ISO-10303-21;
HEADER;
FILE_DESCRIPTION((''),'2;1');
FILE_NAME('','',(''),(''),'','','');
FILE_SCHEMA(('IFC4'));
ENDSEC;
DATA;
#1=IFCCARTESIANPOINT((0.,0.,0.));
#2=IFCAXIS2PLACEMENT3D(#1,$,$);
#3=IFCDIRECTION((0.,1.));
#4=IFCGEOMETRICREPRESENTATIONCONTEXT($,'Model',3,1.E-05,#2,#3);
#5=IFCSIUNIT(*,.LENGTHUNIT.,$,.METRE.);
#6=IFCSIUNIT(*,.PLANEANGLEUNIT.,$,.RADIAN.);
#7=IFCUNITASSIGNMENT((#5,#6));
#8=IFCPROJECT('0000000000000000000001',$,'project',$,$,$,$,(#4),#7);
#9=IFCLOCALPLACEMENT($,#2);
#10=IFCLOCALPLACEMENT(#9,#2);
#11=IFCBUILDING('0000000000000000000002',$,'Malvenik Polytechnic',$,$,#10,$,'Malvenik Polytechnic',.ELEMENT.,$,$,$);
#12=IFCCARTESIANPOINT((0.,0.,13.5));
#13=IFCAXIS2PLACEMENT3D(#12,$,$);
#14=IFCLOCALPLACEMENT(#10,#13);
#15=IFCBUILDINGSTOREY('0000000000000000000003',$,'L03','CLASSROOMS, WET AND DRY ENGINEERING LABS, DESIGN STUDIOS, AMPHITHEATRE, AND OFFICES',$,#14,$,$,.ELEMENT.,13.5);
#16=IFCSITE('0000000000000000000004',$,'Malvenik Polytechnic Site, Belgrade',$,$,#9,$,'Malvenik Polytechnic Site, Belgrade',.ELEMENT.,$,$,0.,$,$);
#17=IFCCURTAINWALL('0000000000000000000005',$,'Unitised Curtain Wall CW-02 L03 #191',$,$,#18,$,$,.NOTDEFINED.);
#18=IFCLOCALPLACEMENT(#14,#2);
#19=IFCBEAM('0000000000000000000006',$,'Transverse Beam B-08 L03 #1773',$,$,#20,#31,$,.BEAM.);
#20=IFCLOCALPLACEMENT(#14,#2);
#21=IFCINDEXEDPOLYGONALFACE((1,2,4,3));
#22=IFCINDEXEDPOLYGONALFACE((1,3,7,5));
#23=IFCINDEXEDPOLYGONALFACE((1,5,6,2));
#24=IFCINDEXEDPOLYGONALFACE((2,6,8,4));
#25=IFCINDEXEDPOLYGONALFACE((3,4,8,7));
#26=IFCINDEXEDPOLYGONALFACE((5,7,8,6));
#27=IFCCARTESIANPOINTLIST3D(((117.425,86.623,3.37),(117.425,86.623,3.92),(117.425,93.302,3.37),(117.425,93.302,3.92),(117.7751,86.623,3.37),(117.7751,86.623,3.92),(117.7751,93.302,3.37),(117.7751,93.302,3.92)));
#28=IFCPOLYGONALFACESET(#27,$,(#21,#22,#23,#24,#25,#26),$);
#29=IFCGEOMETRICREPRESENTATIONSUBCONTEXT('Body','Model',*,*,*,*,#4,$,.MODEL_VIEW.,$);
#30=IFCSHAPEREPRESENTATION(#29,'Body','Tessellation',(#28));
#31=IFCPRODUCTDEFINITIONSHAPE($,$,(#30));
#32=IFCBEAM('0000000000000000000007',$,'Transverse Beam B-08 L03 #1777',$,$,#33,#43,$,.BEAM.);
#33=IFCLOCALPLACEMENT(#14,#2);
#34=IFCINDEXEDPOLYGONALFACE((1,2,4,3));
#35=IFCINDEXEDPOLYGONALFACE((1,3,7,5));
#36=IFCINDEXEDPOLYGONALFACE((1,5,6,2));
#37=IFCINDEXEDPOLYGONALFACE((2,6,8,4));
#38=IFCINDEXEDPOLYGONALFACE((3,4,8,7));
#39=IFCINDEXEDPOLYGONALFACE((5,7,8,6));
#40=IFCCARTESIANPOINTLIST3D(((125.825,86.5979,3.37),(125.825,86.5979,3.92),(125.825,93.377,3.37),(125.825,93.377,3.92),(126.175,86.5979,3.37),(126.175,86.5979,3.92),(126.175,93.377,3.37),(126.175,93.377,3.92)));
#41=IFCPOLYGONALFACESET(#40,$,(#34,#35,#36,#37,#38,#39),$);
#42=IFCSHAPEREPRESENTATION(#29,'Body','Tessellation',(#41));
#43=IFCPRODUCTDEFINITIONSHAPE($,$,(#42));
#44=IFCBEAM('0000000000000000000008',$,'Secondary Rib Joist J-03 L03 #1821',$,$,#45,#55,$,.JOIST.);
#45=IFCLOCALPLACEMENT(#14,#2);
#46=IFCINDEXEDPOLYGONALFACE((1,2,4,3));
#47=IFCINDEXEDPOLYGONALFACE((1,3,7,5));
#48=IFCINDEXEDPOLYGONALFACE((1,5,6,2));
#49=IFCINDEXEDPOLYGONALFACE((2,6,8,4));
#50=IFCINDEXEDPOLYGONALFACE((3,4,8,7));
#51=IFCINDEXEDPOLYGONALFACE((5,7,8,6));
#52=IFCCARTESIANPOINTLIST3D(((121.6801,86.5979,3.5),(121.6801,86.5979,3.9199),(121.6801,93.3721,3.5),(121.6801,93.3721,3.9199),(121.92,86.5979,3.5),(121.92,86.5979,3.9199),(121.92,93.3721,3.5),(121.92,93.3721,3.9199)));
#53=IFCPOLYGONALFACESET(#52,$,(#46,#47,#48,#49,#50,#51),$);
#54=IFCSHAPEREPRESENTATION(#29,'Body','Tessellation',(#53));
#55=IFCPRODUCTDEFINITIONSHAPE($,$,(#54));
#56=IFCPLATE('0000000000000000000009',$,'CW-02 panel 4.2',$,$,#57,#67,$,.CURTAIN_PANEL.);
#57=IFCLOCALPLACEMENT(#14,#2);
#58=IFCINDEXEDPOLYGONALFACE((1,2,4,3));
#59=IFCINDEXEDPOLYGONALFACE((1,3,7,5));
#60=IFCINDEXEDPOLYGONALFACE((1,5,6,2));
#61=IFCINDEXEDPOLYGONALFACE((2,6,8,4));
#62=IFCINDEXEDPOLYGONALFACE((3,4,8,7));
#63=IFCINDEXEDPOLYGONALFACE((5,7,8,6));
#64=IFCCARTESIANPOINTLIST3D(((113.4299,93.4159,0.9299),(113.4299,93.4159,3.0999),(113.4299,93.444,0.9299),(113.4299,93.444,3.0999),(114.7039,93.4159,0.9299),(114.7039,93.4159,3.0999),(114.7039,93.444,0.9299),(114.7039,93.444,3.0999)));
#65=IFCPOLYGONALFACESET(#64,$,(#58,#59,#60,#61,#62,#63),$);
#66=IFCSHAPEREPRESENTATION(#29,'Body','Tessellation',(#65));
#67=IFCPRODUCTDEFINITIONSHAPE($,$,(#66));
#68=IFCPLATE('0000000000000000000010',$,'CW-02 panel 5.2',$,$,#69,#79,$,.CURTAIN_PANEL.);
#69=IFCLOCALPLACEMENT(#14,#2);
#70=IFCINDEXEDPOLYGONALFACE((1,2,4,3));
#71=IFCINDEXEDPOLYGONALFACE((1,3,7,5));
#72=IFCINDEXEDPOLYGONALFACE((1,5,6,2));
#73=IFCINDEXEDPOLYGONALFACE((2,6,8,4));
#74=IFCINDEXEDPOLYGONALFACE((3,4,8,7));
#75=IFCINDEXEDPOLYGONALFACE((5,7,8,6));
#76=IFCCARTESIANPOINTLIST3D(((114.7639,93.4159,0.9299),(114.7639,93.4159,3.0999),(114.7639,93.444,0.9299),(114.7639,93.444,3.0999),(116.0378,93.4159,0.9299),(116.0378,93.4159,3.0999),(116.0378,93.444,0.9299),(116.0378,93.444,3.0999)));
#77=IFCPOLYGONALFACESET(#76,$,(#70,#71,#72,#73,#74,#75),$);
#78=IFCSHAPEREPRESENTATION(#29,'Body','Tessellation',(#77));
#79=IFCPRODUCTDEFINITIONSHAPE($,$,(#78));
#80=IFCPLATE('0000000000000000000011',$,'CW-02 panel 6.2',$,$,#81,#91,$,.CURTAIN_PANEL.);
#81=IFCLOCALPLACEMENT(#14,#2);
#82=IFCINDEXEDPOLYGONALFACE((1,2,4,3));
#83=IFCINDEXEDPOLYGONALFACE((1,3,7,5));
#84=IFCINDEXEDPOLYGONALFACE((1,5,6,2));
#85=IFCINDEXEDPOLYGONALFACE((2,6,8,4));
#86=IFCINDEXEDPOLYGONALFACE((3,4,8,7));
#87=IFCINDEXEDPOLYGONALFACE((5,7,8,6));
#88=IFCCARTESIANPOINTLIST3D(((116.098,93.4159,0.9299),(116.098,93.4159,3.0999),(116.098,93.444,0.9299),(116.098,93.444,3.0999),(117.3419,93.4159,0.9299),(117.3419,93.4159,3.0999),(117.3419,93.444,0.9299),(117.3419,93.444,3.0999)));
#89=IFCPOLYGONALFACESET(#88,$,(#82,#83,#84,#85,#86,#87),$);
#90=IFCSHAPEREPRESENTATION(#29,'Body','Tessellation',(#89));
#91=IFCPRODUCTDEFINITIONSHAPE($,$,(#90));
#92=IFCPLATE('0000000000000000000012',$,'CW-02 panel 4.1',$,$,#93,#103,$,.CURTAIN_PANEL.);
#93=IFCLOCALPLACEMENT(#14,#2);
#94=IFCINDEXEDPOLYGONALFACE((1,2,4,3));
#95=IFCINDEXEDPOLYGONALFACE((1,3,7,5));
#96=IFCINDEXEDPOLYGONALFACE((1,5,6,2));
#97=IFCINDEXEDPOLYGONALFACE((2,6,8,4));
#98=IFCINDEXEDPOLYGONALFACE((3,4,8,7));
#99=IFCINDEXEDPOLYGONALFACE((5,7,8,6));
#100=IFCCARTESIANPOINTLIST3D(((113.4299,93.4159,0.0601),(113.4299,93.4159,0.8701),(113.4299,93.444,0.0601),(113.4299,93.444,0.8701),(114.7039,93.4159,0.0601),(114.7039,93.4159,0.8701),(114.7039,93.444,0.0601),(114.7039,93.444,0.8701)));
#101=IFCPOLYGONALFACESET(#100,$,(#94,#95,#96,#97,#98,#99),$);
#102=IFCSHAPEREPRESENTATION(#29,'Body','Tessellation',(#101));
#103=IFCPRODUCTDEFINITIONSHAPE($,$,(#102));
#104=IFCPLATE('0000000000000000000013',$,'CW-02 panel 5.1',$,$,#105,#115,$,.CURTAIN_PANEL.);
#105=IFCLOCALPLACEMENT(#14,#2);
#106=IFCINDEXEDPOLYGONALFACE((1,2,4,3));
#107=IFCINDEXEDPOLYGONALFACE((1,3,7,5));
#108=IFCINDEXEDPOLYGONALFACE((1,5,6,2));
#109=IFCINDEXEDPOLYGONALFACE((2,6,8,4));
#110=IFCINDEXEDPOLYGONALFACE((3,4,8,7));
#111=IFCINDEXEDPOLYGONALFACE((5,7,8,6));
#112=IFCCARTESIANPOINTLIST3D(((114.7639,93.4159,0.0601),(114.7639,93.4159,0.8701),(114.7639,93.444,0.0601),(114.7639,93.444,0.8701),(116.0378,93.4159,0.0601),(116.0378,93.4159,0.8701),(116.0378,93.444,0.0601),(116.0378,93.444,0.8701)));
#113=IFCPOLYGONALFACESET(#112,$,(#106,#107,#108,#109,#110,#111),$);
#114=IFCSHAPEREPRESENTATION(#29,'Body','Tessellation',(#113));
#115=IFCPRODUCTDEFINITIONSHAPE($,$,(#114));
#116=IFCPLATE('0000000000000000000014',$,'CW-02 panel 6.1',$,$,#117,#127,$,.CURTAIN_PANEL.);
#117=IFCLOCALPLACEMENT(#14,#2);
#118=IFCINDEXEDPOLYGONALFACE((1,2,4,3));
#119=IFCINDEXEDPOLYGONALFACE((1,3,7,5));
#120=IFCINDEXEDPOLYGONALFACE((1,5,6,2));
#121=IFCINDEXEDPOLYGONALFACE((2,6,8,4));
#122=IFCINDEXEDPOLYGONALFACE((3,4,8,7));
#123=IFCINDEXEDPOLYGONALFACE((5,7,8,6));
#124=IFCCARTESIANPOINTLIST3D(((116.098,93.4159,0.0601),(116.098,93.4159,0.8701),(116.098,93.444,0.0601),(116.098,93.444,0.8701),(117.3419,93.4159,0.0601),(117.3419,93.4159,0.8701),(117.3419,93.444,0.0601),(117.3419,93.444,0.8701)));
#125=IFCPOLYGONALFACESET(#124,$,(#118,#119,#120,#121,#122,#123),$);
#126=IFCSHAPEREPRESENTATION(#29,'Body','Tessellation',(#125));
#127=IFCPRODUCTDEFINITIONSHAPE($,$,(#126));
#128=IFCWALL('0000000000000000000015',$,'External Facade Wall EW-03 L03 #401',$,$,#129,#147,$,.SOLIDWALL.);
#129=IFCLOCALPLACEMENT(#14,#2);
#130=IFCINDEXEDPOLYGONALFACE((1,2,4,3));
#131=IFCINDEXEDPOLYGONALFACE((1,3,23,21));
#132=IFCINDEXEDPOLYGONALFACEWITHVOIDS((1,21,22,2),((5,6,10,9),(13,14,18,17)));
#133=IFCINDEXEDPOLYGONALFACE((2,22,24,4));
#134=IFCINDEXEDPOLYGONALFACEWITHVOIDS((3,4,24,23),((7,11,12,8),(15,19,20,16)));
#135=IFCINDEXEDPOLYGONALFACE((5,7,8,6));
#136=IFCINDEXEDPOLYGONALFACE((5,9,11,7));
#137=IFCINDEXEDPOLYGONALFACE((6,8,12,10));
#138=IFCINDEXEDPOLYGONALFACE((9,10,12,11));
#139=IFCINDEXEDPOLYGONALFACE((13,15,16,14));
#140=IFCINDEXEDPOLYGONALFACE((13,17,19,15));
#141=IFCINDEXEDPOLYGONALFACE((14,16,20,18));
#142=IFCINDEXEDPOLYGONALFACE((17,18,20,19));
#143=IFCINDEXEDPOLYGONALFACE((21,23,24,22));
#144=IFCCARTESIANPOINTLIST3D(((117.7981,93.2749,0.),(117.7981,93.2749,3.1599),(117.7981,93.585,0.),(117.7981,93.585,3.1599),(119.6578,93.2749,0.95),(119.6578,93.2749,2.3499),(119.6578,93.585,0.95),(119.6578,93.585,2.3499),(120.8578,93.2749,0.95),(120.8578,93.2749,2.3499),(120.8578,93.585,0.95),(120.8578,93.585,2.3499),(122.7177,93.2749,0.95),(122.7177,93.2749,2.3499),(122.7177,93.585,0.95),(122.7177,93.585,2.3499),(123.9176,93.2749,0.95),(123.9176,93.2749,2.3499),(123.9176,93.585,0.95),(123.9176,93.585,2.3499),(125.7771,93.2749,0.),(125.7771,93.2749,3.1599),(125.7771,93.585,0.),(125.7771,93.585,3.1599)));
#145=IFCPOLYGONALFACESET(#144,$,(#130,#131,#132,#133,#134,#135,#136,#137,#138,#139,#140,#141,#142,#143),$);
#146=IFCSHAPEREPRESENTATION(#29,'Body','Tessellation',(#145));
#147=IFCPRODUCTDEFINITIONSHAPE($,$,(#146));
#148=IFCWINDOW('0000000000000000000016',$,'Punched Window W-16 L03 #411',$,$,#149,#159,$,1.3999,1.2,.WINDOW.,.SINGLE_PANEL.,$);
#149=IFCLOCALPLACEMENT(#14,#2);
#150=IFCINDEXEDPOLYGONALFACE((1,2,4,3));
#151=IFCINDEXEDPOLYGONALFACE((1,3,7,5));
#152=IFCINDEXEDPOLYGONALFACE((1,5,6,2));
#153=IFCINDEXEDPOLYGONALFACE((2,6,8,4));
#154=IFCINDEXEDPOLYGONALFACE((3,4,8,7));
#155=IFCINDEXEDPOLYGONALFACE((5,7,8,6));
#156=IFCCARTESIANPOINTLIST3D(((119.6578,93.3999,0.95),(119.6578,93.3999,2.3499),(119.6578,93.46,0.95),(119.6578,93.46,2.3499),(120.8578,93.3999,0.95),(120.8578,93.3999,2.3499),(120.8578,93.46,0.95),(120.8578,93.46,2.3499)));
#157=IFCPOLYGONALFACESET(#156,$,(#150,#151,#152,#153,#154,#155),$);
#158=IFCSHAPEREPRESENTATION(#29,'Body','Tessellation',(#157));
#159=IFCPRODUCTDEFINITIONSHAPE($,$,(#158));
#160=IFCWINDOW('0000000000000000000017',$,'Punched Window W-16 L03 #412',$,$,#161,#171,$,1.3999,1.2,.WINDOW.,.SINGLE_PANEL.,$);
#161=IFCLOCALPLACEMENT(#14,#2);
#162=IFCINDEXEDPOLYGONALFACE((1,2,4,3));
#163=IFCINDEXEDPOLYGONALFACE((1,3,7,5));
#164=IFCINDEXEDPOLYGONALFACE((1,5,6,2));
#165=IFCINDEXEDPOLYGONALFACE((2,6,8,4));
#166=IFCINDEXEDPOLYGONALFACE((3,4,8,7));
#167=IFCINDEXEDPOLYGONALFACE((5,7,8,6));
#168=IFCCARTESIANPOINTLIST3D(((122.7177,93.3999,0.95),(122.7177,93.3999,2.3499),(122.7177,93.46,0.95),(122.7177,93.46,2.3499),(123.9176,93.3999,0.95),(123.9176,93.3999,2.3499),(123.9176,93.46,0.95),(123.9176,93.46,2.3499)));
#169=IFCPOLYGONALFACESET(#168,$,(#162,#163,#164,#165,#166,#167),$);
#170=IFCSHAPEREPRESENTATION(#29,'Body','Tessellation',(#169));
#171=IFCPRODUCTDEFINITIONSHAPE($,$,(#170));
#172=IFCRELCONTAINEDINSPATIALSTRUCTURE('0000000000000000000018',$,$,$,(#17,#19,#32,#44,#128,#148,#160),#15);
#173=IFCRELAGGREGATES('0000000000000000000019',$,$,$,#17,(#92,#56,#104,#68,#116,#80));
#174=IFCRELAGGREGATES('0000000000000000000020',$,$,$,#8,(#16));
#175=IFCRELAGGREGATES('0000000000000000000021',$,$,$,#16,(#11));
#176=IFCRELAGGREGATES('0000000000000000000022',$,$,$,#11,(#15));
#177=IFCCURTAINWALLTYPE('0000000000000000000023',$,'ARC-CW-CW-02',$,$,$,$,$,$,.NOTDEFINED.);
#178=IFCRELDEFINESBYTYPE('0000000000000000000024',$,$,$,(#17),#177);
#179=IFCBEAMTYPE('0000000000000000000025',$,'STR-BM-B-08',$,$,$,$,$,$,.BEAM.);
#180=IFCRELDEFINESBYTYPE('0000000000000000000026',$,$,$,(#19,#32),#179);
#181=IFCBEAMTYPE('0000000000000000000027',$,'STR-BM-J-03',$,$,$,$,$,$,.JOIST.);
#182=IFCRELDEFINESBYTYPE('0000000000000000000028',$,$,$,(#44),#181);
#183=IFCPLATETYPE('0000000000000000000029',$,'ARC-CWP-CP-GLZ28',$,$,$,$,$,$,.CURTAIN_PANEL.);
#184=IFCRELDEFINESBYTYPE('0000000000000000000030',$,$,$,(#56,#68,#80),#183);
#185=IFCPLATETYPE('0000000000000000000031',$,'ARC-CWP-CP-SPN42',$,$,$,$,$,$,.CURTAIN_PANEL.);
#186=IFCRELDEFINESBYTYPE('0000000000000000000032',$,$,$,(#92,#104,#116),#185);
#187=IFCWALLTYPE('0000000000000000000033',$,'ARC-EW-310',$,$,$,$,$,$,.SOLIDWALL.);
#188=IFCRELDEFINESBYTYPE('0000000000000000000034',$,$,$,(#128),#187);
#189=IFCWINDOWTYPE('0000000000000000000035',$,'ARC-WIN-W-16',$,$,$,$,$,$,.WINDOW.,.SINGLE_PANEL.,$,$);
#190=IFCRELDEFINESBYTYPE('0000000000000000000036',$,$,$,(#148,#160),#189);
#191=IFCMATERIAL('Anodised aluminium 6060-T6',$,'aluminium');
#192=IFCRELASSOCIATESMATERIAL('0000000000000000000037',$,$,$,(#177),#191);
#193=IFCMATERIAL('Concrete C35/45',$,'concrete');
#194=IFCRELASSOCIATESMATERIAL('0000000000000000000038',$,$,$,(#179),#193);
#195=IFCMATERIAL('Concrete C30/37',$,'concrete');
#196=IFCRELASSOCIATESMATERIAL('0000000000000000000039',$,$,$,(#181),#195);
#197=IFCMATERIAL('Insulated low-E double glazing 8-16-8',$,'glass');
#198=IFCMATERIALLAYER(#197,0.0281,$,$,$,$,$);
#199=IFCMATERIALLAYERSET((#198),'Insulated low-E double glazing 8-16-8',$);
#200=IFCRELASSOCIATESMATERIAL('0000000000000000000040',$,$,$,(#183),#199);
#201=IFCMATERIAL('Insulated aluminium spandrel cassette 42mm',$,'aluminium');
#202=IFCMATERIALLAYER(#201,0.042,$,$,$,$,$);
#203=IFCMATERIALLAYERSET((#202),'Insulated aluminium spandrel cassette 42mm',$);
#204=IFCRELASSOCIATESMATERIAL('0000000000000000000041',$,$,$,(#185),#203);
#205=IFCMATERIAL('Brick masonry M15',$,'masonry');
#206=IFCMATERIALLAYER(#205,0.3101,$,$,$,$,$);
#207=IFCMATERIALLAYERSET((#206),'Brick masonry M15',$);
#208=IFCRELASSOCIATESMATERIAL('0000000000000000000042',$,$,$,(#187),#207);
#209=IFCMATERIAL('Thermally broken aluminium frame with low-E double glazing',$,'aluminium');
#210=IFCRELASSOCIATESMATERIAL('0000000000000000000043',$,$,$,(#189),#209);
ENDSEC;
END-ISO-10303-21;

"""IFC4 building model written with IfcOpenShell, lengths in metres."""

from ifc_helpers import new_model, si_unit, direction, frame, frame_2d, origin, origin_2d, place, context, subcontext, project, spatial, rectangle, extrude, material, layer, layer_set, material_profile, profile_set, type_object, element, fill, aggregate, save


model = new_model("IFC4")

# Units and contexts
model_context = context("Model", 3, precision=1e-05, world=origin(), true_north=direction((0.0, 1.0)))
body_context = subcontext(model_context, "Body", "Model", "MODEL_VIEW")
ifc_project = project(units=[si_unit("LENGTHUNIT", "METRE"), si_unit("PLANEANGLEUNIT", "RADIAN")], contexts=[model_context])

# Site, building, storey
site_placement = place(None, origin())
site = spatial("IfcSite", under=ifc_project, at=site_placement, Name="Malvenik Polytechnic Site, Belgrade", LongName="Malvenik Polytechnic Site, Belgrade", CompositionType="ELEMENT", RefElevation=0.0)
building_placement = place(site_placement, origin())
building = spatial("IfcBuilding", under=site, at=building_placement, Name="Malvenik Polytechnic", LongName="Malvenik Polytechnic", CompositionType="ELEMENT")
storey_placement = place(building_placement, frame((0.0, 0.0, 13.5)))
storey = spatial("IfcBuildingStorey", under=building, at=storey_placement, Name="L03", Description="CLASSROOMS, WET AND DRY ENGINEERING LABS, DESIGN STUDIOS, AMPHITHEATRE, AND OFFICES", CompositionType="ELEMENT", Elevation=13.5)

# Shared definitions
ifc_material_1 = material(Name="Concrete C35/45", Category="concrete")
ifc_material_2 = material(Name="Concrete C30/37", Category="concrete")

# Curtain wall
ifc_material_3 = material(Name="Anodised aluminium 6060-T6", Category="aluminium")
curtain_wall_type_1 = type_object("IfcCurtainWallType", Name="ARC-CW-CW-02", PredefinedType="NOTDEFINED", material=ifc_material_3)
curtain_wall_1_placement = place(storey_placement, origin())
curtain_wall_1 = element("IfcCurtainWall", 1, at=curtain_wall_1_placement, inside=storey, type_object=curtain_wall_type_1, Name="Unitised Curtain Wall CW-02 L03 #191", PredefinedType="NOTDEFINED")

# Beams
ifc_material_profile_1 = material_profile(ifc_material_1, rectangle(XDim=0.3501, YDim=0.55, at=origin_2d()), Name="RC BM 350x550")
ifc_profile_set_1 = profile_set([ifc_material_profile_1], Name="Concrete C35/45")
beam_type_1 = type_object("IfcBeamType", Name="STR-BM-B-08", PredefinedType="BEAM", material=ifc_profile_set_1)
beam_1_placement = place(storey_placement, frame((117.6001, 86.623, 3.645), z_axis=(0.0, 1.0, 0.0), x_axis=(-1.0, 0.0, 0.0)))
element("IfcBeam", 2, at=beam_1_placement, inside=storey, type_object=beam_type_1, Name="Transverse Beam B-08 L03 #1773", PredefinedType="BEAM", context=body_context, shape_type="SweptSolid", body=[
    extrude(rectangle(XDim=0.3501, YDim=0.55, at=origin_2d()), origin(), (0.0, 0.0, 1.0), 6.679),
])
beam_2_placement = place(storey_placement, frame((126.0, 86.5979, 3.645), z_axis=(0.0, 1.0, 0.0), x_axis=(-1.0, 0.0, 0.0)))
element("IfcBeam", 3, at=beam_2_placement, inside=storey, type_object=beam_type_1, Name="Transverse Beam B-08 L03 #1777", PredefinedType="BEAM", context=body_context, shape_type="SweptSolid", body=[
    extrude(rectangle(XDim=0.3501, YDim=0.55, at=origin_2d()), origin(), (0.0, 0.0, 1.0), 6.7791),
])
ifc_material_profile_2 = material_profile(ifc_material_2, rectangle(XDim=0.24, YDim=0.4199, at=origin_2d()), Name="RC JST 240x420")
ifc_profile_set_2 = profile_set([ifc_material_profile_2], Name="Concrete C30/37")
beam_type_2 = type_object("IfcBeamType", Name="STR-BM-J-03", PredefinedType="JOIST", material=ifc_profile_set_2)
beam_3_placement = place(storey_placement, frame((121.8, 86.5979, 3.71), z_axis=(0.0, 1.0, 0.0), x_axis=(-1.0, 0.0, 0.0)))
element("IfcBeam", 4, at=beam_3_placement, inside=storey, type_object=beam_type_2, Name="Secondary Rib Joist J-03 L03 #1821", PredefinedType="JOIST", context=body_context, shape_type="SweptSolid", body=[
    extrude(rectangle(XDim=0.24, YDim=0.4199, at=origin_2d()), origin(), (0.0, 0.0, 1.0), 6.7742),
])

# Plates
ifc_material_4 = material(Name="Insulated low-E double glazing 8-16-8", Category="glass")
ifc_layer_1 = layer(ifc_material_4, 0.0281)
ifc_layer_set_1 = layer_set([ifc_layer_1], Name="Insulated low-E double glazing 8-16-8")
plate_type_1 = type_object("IfcPlateType", Name="ARC-CWP-CP-GLZ28", PredefinedType="CURTAIN_PANEL", material=ifc_layer_set_1)
plate_1_placement = place(storey_placement, frame((114.0669, 93.4299, 0.9299), z_axis=(0.0, 0.0, 1.0), x_axis=(1.0, 0.0, 0.0)))
plate_1 = element("IfcPlate", 5, at=plate_1_placement, type_object=plate_type_1, Name="CW-02 panel 4.2", PredefinedType="CURTAIN_PANEL", context=body_context, shape_type="SweptSolid", body=[
    extrude(rectangle(XDim=1.2739, YDim=0.0281, at=origin_2d()), origin(), (0.0, 0.0, 1.0), 2.1699),
])
plate_2_placement = place(storey_placement, frame((115.4009, 93.4299, 0.9299), z_axis=(0.0, 0.0, 1.0), x_axis=(1.0, 0.0, 0.0)))
plate_2 = element("IfcPlate", 6, at=plate_2_placement, type_object=plate_type_1, Name="CW-02 panel 5.2", PredefinedType="CURTAIN_PANEL", context=body_context, shape_type="SweptSolid", body=[
    extrude(rectangle(XDim=1.2739, YDim=0.0281, at=origin_2d()), origin(), (0.0, 0.0, 1.0), 2.1699),
])
plate_3_placement = place(storey_placement, frame((116.72, 93.4299, 0.9299), z_axis=(0.0, 0.0, 1.0), x_axis=(1.0, 0.0, 0.0)))
plate_3 = element("IfcPlate", 7, at=plate_3_placement, type_object=plate_type_1, Name="CW-02 panel 6.2", PredefinedType="CURTAIN_PANEL", context=body_context, shape_type="SweptSolid", body=[
    extrude(rectangle(XDim=1.2439, YDim=0.0281, at=origin_2d()), origin(), (0.0, 0.0, 1.0), 2.1699),
])
ifc_material_5 = material(Name="Insulated aluminium spandrel cassette 42mm", Category="aluminium")
ifc_layer_2 = layer(ifc_material_5, 0.042)
ifc_layer_set_2 = layer_set([ifc_layer_2], Name="Insulated aluminium spandrel cassette 42mm")
plate_type_2 = type_object("IfcPlateType", Name="ARC-CWP-CP-SPN42", PredefinedType="CURTAIN_PANEL", material=ifc_layer_set_2)
plate_4_placement = place(storey_placement, frame((114.0669, 93.4299, 0.0601), z_axis=(0.0, 0.0, 1.0), x_axis=(1.0, 0.0, 0.0)))
plate_4 = element("IfcPlate", 8, at=plate_4_placement, type_object=plate_type_2, Name="CW-02 panel 4.1", PredefinedType="CURTAIN_PANEL", context=body_context, shape_type="SweptSolid", body=[
    extrude(rectangle(XDim=1.2739, YDim=0.0281, at=origin_2d()), origin(), (0.0, 0.0, 1.0), 0.8101),
])
plate_5_placement = place(storey_placement, frame((115.4009, 93.4299, 0.0601), z_axis=(0.0, 0.0, 1.0), x_axis=(1.0, 0.0, 0.0)))
plate_5 = element("IfcPlate", 9, at=plate_5_placement, type_object=plate_type_2, Name="CW-02 panel 5.1", PredefinedType="CURTAIN_PANEL", context=body_context, shape_type="SweptSolid", body=[
    extrude(rectangle(XDim=1.2739, YDim=0.0281, at=origin_2d()), origin(), (0.0, 0.0, 1.0), 0.8101),
])
plate_6_placement = place(storey_placement, frame((116.72, 93.4299, 0.0601), z_axis=(0.0, 0.0, 1.0), x_axis=(1.0, 0.0, 0.0)))
plate_6 = element("IfcPlate", 10, at=plate_6_placement, type_object=plate_type_2, Name="CW-02 panel 6.1", PredefinedType="CURTAIN_PANEL", context=body_context, shape_type="SweptSolid", body=[
    extrude(rectangle(XDim=1.2439, YDim=0.0281, at=origin_2d()), origin(), (0.0, 0.0, 1.0), 0.8101),
])
aggregate(curtain_wall_1, [plate_4, plate_1, plate_5, plate_2, plate_6, plate_3])

# Wall, openings, windows
ifc_material_6 = material(Name="Brick masonry M15", Category="masonry")
ifc_layer_3 = layer(ifc_material_6, 0.3101)
ifc_layer_set_3 = layer_set([ifc_layer_3], Name="Brick masonry M15")
wall_type_1 = type_object("IfcWallType", Name="ARC-EW-310", PredefinedType="SOLIDWALL", material=ifc_layer_set_3)
wall_1_placement = place(storey_placement, frame((117.7981, 93.4299, 0.0), z_axis=(0.0, 0.0, 1.0), x_axis=(1.0, 0.0, 0.0)))
wall_1 = element("IfcWall", 11, at=wall_1_placement, inside=storey, type_object=wall_type_1, Name="External Facade Wall EW-03 L03 #401", PredefinedType="SOLIDWALL", context=body_context, shape_type="SweptSolid", body=[
    extrude(rectangle(XDim=7.979, YDim=0.3101, at=frame_2d((3.9895, 0.0))), origin(), (0.0, 0.0, 1.0), 3.1599),
])
opening_1_placement = place(wall_1_placement, frame((1.8596, 0.0, 0.95)))
opening_1 = element("IfcOpeningElement", 12, at=opening_1_placement, cuts=wall_1, PredefinedType="OPENING", context=body_context, shape_type="SweptSolid", body=[
    extrude(rectangle(XDim=1.2, YDim=1.3999, at=frame_2d((0.6001, 0.7))), frame((0.0, 0.165, 0.0), z_axis=(0.0, -1.0, 0.0), x_axis=(1.0, 0.0, 0.0)), (0.0, 0.0, 1.0), 0.3301),
])
opening_2_placement = place(wall_1_placement, frame((4.9194, 0.0, 0.95)))
opening_2 = element("IfcOpeningElement", 13, at=opening_2_placement, cuts=wall_1, PredefinedType="OPENING", context=body_context, shape_type="SweptSolid", body=[
    extrude(rectangle(XDim=1.2, YDim=1.3999, at=frame_2d((0.6001, 0.7))), frame((0.0, 0.165, 0.0), z_axis=(0.0, -1.0, 0.0), x_axis=(1.0, 0.0, 0.0)), (0.0, 0.0, 1.0), 0.3301),
])
ifc_material_7 = material(Name="Thermally broken aluminium frame with low-E double glazing", Category="aluminium")
window_type = type_object("IfcWindowType", Name="ARC-WIN-W-16", PartitioningType="SINGLE_PANEL", PredefinedType="WINDOW", material=ifc_material_7)
window_1_placement = place(opening_1_placement, origin())
window_1 = element("IfcWindow", 14, at=window_1_placement, inside=storey, type_object=window_type, Name="Punched Window W-16 L03 #411", OverallHeight=1.3999, OverallWidth=1.2, PartitioningType="SINGLE_PANEL", PredefinedType="WINDOW", context=body_context, shape_type="SweptSolid", body=[
    extrude(rectangle(XDim=1.2, YDim=1.3999, at=frame_2d((0.6001, 0.7))), frame((0.0, 0.03, 0.0), z_axis=(0.0, -1.0, 0.0), x_axis=(1.0, 0.0, 0.0)), (0.0, 0.0, 1.0), 0.0601),
])
fill(opening_1, window_1)
window_2_placement = place(opening_2_placement, origin())
window_2 = element("IfcWindow", 15, at=window_2_placement, inside=storey, type_object=window_type, Name="Punched Window W-16 L03 #412", OverallHeight=1.3999, OverallWidth=1.2, PartitioningType="SINGLE_PANEL", PredefinedType="WINDOW", context=body_context, shape_type="SweptSolid", body=[
    extrude(rectangle(XDim=1.2, YDim=1.3999, at=frame_2d((0.6001, 0.7))), frame((0.0, 0.03, 0.0), z_axis=(0.0, -1.0, 0.0), x_axis=(1.0, 0.0, 0.0)), (0.0, 0.0, 1.0), 0.0601),
])
fill(opening_2, window_2)

save(model, "model.ifc")
